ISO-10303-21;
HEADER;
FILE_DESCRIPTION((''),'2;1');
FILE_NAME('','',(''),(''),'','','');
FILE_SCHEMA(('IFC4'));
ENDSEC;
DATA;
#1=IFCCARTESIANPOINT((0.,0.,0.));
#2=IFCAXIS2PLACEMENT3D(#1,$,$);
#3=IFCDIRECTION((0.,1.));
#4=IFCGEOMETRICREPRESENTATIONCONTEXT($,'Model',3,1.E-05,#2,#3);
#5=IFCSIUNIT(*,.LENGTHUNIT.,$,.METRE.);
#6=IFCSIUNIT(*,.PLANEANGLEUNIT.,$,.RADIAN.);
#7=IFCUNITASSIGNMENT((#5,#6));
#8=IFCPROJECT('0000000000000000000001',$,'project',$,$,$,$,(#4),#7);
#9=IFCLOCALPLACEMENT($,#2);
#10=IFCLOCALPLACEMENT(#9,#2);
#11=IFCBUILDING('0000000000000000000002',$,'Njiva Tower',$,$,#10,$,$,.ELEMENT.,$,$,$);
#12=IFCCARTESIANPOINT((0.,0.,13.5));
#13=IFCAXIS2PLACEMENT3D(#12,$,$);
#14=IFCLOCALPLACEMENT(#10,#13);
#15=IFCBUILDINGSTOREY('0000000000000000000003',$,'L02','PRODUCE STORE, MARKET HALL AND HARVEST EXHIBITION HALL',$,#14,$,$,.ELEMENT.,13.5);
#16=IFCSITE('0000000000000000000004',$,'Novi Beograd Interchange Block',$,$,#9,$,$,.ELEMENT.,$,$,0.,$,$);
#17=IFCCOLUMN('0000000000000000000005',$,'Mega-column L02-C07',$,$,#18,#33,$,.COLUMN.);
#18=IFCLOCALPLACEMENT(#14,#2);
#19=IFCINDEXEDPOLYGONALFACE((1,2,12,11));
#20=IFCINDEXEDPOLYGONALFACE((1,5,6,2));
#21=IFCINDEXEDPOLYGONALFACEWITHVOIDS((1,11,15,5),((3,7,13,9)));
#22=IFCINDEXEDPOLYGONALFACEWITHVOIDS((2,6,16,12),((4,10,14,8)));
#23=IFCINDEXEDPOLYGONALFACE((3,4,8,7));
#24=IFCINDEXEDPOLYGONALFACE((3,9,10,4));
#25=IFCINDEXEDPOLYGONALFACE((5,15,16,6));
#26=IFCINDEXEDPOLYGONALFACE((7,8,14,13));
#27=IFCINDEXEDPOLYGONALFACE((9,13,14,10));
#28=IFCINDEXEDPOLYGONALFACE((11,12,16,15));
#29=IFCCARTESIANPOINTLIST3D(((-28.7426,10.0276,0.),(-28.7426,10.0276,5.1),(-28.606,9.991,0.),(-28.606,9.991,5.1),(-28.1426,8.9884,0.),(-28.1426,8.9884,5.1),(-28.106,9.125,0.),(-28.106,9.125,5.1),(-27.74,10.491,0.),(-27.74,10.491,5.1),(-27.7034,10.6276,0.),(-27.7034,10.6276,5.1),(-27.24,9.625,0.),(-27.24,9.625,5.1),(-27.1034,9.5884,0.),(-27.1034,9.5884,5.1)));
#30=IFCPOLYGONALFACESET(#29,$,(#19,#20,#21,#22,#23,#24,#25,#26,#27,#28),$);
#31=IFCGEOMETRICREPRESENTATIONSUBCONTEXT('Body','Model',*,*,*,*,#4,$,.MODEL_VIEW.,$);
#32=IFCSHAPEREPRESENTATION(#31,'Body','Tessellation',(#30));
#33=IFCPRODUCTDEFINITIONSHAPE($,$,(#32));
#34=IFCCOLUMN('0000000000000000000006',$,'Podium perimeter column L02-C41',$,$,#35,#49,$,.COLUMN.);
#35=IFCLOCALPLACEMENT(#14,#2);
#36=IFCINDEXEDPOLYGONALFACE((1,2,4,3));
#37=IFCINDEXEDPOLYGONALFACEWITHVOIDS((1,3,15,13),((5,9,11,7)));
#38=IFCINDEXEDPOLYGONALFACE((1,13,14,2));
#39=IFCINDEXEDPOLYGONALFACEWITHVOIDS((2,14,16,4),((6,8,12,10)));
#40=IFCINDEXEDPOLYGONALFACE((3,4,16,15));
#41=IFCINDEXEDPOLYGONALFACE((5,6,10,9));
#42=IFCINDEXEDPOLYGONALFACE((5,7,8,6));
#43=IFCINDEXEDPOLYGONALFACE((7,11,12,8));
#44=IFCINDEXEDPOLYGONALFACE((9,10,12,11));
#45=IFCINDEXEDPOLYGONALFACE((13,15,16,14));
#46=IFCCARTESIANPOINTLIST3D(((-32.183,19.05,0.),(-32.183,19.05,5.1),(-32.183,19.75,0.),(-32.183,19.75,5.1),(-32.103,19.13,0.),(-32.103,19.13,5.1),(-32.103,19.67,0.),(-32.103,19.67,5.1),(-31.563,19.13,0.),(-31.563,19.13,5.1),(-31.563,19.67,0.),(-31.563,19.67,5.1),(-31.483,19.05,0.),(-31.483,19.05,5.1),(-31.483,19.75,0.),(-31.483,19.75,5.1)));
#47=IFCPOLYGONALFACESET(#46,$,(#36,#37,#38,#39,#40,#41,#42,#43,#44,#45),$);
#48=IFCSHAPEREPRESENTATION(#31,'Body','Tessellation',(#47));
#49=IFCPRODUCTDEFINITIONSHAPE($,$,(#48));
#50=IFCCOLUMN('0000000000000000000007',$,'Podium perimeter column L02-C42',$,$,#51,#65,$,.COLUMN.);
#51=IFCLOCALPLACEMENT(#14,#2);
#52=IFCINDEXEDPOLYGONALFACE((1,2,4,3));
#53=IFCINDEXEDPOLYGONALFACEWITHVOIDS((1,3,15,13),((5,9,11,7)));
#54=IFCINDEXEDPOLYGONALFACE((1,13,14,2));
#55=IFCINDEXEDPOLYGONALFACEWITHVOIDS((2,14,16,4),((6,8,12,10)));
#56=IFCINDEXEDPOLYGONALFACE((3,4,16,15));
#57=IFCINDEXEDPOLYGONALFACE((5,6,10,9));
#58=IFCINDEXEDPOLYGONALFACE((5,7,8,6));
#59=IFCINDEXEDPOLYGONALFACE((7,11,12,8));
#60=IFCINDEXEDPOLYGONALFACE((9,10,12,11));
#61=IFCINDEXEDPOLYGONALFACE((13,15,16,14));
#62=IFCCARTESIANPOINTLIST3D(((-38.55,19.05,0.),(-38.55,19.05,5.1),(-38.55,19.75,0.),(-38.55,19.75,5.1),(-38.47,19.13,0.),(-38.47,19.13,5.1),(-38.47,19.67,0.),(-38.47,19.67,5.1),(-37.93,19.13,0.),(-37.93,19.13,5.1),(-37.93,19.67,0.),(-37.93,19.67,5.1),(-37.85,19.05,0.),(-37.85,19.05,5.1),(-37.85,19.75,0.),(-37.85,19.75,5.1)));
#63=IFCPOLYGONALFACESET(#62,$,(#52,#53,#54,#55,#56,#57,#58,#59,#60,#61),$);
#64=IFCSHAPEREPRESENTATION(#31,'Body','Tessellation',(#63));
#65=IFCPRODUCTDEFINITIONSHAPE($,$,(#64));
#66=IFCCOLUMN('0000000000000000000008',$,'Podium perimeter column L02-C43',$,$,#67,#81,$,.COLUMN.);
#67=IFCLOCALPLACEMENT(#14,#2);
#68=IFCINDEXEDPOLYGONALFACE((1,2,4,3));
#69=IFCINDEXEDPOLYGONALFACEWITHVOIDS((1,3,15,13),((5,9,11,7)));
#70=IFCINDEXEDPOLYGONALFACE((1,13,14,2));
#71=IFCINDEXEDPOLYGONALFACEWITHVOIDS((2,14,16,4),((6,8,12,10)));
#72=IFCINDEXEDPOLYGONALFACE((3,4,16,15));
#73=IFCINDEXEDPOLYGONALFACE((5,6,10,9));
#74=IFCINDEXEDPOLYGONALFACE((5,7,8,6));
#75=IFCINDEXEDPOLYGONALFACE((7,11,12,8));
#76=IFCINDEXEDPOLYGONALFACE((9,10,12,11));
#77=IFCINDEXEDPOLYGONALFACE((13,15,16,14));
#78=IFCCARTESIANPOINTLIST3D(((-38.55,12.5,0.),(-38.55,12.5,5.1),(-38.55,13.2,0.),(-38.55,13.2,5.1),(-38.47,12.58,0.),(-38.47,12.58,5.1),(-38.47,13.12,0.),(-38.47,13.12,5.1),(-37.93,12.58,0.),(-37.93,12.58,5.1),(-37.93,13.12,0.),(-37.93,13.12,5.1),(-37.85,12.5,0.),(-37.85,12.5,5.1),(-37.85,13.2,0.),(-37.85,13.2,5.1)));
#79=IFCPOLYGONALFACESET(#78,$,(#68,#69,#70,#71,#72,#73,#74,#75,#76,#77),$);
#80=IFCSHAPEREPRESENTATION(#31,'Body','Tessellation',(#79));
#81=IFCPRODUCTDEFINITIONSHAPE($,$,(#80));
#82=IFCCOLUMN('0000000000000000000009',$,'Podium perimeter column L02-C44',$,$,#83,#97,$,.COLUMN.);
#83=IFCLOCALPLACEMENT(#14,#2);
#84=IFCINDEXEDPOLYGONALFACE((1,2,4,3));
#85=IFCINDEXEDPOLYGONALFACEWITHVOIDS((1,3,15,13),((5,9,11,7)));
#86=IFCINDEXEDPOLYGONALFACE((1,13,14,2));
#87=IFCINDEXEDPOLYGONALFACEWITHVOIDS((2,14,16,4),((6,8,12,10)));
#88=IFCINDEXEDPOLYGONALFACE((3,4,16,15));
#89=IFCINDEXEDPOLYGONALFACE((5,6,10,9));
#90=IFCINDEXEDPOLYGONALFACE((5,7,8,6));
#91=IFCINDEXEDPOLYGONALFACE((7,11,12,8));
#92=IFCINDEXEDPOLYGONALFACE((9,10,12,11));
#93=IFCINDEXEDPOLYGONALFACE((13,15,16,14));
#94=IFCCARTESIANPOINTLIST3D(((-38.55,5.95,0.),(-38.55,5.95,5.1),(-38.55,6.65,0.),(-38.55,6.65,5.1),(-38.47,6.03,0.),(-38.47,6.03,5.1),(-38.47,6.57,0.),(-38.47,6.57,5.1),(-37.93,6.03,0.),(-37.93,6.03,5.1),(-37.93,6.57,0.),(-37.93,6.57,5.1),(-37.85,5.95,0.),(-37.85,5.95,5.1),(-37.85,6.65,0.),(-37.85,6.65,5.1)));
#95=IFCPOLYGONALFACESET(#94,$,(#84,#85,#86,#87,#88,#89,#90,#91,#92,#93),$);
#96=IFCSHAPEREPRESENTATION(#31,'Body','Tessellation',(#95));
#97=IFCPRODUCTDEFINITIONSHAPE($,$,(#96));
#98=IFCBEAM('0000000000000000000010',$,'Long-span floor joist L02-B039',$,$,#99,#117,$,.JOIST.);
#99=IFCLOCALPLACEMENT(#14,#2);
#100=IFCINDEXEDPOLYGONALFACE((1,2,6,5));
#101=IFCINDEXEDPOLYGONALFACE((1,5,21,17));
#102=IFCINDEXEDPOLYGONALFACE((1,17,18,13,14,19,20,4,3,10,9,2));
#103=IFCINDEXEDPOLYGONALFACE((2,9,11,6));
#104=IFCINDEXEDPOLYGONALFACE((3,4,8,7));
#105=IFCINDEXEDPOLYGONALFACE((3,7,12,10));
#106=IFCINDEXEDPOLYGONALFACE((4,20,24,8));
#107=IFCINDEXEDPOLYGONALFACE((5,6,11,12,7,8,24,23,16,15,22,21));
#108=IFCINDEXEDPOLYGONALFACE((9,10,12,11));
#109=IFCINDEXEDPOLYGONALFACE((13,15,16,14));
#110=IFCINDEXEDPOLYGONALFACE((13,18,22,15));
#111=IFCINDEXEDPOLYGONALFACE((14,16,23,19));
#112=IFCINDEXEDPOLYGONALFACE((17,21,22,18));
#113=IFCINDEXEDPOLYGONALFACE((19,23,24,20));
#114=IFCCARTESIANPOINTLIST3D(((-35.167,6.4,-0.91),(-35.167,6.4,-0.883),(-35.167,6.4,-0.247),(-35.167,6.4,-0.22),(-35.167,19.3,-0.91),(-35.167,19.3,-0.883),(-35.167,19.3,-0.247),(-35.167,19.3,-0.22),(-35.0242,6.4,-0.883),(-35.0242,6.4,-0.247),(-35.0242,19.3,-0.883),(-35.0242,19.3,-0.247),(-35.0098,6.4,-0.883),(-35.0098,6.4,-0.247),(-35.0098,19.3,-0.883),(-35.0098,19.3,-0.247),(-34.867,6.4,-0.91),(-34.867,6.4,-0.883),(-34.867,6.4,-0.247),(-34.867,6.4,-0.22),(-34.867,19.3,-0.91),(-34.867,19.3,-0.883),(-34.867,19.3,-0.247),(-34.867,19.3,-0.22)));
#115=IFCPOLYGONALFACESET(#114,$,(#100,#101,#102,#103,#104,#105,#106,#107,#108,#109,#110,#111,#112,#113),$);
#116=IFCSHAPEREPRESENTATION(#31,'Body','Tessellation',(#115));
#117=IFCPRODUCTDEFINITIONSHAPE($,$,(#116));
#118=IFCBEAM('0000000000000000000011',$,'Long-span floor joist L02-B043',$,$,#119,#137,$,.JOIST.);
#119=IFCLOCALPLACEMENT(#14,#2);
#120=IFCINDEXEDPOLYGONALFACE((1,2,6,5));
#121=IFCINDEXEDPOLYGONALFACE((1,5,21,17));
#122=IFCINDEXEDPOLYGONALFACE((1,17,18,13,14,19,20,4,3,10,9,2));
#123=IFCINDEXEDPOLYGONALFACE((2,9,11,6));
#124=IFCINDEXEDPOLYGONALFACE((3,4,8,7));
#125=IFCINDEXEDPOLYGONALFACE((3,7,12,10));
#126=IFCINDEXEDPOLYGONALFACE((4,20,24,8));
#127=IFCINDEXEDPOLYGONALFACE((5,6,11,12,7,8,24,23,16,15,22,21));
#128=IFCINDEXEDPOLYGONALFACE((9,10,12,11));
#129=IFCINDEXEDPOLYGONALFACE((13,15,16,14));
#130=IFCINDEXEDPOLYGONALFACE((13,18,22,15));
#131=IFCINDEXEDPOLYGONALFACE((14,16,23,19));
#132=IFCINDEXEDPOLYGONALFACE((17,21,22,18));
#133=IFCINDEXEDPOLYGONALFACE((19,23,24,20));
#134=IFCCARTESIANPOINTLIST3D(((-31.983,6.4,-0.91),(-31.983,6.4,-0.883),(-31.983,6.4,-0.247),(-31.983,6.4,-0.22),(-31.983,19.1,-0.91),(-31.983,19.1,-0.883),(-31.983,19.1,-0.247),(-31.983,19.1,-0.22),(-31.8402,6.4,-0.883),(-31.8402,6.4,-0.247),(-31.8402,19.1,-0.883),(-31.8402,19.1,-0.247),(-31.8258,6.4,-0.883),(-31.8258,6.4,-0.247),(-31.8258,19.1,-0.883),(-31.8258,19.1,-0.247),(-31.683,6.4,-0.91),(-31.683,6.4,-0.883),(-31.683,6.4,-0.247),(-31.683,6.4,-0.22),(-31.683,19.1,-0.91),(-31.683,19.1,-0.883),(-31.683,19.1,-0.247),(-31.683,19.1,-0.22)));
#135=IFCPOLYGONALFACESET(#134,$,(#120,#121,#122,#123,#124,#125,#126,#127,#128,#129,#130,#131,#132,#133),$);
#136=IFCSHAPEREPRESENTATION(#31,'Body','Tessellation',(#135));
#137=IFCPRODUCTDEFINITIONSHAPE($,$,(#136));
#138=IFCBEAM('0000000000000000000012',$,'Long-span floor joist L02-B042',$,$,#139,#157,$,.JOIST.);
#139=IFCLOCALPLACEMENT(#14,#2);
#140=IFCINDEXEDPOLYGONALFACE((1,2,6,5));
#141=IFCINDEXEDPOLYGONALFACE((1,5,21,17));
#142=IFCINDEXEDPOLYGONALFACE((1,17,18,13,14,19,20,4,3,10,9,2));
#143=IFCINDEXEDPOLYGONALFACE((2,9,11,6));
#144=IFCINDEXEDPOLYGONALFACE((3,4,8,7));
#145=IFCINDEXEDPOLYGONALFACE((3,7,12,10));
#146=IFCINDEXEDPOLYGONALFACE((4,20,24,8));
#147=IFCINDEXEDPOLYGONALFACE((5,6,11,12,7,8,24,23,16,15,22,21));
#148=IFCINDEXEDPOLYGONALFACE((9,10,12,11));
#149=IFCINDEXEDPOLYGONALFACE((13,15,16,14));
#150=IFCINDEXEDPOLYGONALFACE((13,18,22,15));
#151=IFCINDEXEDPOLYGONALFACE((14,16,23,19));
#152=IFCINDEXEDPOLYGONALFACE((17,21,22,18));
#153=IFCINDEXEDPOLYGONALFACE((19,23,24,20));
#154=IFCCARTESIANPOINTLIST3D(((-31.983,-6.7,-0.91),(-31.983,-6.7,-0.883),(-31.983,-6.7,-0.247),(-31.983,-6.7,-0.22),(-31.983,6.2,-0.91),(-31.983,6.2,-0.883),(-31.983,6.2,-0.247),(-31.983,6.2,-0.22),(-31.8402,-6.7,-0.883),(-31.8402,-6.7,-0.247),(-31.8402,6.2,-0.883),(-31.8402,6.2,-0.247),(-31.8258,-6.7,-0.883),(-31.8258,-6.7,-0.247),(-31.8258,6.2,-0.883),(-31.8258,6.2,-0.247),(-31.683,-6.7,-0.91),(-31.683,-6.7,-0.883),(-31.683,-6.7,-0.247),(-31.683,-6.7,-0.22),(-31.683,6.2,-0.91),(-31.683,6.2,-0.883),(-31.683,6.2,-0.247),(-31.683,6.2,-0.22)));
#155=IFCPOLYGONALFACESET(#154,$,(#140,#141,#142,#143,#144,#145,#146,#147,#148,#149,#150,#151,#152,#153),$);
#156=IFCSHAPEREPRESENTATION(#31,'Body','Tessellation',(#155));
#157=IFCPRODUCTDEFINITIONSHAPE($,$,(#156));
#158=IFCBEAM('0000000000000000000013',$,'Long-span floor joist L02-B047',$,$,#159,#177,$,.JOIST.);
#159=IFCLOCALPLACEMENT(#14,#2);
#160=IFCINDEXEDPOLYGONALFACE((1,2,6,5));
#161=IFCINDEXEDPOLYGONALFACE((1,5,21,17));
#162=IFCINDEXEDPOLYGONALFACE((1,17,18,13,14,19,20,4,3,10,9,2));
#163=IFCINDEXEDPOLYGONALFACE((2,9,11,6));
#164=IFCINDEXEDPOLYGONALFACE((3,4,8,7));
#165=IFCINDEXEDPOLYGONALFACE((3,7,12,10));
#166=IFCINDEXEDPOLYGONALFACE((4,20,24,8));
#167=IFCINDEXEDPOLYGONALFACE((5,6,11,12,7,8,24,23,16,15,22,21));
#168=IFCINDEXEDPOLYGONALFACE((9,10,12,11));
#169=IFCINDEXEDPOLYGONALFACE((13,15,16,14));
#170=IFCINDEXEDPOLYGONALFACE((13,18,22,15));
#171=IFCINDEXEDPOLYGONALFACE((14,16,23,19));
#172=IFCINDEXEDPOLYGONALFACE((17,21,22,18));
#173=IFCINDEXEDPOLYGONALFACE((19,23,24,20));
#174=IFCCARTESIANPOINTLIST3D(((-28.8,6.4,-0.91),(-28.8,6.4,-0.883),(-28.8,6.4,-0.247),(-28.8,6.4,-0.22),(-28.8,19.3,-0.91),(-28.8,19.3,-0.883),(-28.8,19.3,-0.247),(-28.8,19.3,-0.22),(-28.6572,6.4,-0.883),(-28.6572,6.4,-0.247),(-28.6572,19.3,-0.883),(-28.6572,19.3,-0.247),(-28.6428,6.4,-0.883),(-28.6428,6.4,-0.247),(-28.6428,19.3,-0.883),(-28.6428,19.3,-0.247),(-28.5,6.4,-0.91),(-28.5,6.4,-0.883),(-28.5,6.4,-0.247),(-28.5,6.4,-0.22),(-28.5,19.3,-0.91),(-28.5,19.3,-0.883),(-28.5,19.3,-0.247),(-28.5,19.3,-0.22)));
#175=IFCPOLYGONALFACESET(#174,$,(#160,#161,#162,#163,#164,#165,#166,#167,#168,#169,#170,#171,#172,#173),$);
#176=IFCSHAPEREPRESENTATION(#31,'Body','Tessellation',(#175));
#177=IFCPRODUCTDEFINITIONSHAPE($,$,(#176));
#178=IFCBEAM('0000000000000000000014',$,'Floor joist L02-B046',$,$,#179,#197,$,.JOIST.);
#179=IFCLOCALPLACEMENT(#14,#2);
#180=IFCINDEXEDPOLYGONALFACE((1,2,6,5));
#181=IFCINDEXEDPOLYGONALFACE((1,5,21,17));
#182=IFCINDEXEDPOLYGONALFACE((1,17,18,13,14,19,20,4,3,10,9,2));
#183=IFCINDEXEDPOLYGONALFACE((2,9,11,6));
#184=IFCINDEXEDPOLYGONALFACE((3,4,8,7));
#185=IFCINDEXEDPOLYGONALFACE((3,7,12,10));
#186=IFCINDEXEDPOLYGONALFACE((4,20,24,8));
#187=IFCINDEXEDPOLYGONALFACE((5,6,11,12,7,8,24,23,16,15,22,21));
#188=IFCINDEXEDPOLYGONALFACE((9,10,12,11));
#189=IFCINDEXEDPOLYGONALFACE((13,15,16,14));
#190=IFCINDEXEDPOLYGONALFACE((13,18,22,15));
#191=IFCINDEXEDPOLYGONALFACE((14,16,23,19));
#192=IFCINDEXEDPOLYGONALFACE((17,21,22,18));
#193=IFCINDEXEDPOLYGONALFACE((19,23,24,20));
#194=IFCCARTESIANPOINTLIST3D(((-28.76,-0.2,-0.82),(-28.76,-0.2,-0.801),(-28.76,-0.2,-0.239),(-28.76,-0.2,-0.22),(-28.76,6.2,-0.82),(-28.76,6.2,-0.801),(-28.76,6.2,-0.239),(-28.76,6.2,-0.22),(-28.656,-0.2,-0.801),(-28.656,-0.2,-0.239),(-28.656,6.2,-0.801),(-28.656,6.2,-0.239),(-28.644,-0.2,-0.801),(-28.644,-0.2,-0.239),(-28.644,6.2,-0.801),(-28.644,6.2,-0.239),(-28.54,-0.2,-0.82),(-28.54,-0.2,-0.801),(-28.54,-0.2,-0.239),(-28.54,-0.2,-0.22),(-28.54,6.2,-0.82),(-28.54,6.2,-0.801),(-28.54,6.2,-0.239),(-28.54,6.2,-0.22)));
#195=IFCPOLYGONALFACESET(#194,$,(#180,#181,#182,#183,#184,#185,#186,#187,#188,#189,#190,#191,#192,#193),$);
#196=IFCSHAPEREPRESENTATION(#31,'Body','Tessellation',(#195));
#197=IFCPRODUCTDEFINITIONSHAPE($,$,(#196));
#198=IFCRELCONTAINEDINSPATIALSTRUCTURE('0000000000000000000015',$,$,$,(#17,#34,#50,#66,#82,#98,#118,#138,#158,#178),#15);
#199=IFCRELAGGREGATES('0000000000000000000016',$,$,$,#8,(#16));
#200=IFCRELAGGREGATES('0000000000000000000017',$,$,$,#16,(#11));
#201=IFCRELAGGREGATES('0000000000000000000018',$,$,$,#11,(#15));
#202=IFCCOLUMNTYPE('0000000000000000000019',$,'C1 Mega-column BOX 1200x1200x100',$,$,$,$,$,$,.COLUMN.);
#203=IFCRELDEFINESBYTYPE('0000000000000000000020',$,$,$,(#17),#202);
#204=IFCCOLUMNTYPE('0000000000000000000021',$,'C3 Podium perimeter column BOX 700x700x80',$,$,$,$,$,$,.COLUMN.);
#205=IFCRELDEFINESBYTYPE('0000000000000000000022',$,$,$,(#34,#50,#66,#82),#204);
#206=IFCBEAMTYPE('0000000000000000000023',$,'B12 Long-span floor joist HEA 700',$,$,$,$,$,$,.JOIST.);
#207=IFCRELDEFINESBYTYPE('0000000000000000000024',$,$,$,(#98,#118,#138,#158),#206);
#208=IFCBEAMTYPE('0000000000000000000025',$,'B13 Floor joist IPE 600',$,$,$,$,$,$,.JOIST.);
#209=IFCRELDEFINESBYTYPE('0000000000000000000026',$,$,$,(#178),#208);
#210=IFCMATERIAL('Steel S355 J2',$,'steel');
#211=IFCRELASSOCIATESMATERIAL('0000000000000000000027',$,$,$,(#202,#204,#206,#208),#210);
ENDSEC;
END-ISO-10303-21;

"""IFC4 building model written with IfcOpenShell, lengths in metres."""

from ifc_helpers import new_model, si_unit, direction, frame, origin, origin_2d, place, context, subcontext, project, spatial, hollow_rectangle, i_section, extrude, material, material_profile, profile_set, type_object, element, save


model = new_model("IFC4")

# Units and contexts
model_context = context("Model", 3, precision=1e-05, world=origin(), true_north=direction((0.0, 1.0)))
body_context = subcontext(model_context, "Body", "Model", "MODEL_VIEW")
ifc_project = project(units=[si_unit("LENGTHUNIT", "METRE"), si_unit("PLANEANGLEUNIT", "RADIAN")], contexts=[model_context])

# Site, building, storey
site_placement = place(None, origin())
site = spatial("IfcSite", under=ifc_project, at=site_placement, Name="Novi Beograd Interchange Block", CompositionType="ELEMENT", RefElevation=0.0)
building_placement = place(site_placement, origin())
building = spatial("IfcBuilding", under=site, at=building_placement, Name="Njiva Tower", CompositionType="ELEMENT")
storey_placement = place(building_placement, frame((0.0, 0.0, 13.5)))
storey = spatial("IfcBuildingStorey", under=building, at=storey_placement, Name="L02", Description="PRODUCE STORE, MARKET HALL AND HARVEST EXHIBITION HALL", CompositionType="ELEMENT", Elevation=13.5)

# Columns
ifc_material_1 = material(Name="Steel S355 J2", Category="steel")
ifc_material_profile_1 = material_profile(ifc_material_1, hollow_rectangle(XDim=1.2, YDim=1.2, WallThickness=0.1, at=origin_2d()), Name="BOX 1200x1200x100")
ifc_profile_set_1 = profile_set([ifc_material_profile_1], Name="Steel S355 J2")
column_type_1 = type_object("IfcColumnType", Name="C1 Mega-column BOX 1200x1200x100", PredefinedType="COLUMN", material=ifc_profile_set_1)
column_placement = place(storey_placement, frame((-27.923, 9.808, 0.0), z_axis=(0.0, 0.0, 1.0), x_axis=(0.5, -0.866025, 0.0)))
element("IfcColumn", 1, at=column_placement, inside=storey, type_object=column_type_1, Name="Mega-column L02-C07", PredefinedType="COLUMN", context=body_context, shape_type="SweptSolid", body=[
    extrude(hollow_rectangle(XDim=1.2, YDim=1.2, WallThickness=0.1, at=origin_2d()), origin(), (0.0, 0.0, 1.0), 5.1),
])
ifc_material_profile_2 = material_profile(ifc_material_1, hollow_rectangle(XDim=0.7, YDim=0.7, WallThickness=0.08, at=origin_2d()), Name="BOX 700x700x80")
ifc_profile_set_2 = profile_set([ifc_material_profile_2], Name="Steel S355 J2")
column_type_2 = type_object("IfcColumnType", Name="C3 Podium perimeter column BOX 700x700x80", PredefinedType="COLUMN", material=ifc_profile_set_2)
for number, where, z_axis, x_axis, name in (
    (2, (-31.833, 19.4, 0.0), (0.0, 0.0, 1.0), (-1.0, 0.0, 0.0), "Podium perimeter column L02-C41"),
    (3, (-38.2, 19.4, 0.0), (0.0, 0.0, 1.0), (0.0, -1.0, 0.0), "Podium perimeter column L02-C42"),
    (4, (-38.2, 12.85, 0.0), (0.0, 0.0, 1.0), (0.0, -1.0, 0.0), "Podium perimeter column L02-C43"),
    (5, (-38.2, 6.3, 0.0), (0.0, 0.0, 1.0), (0.0, -1.0, 0.0), "Podium perimeter column L02-C44"),
):
    element("IfcColumn", number, at=place(storey_placement, frame(where, z_axis=z_axis, x_axis=x_axis)), inside=storey, type_object=column_type_2, Name=name, PredefinedType="COLUMN", context=body_context, shape_type="SweptSolid", body=[
        extrude(hollow_rectangle(XDim=0.7, YDim=0.7, WallThickness=0.08, at=origin_2d()), origin(), (0.0, 0.0, 1.0), 5.1),
    ])

# Beams
ifc_material_profile_3 = material_profile(ifc_material_1, i_section(OverallWidth=0.3, OverallDepth=0.69, WebThickness=0.0145, FlangeThickness=0.027, at=origin_2d()), Name="HEA 700")
ifc_profile_set_3 = profile_set([ifc_material_profile_3], Name="Steel S355 J2")
beam_type_1 = type_object("IfcBeamType", Name="B12 Long-span floor joist HEA 700", PredefinedType="JOIST", material=ifc_profile_set_3)
beam_1_placement = place(storey_placement, frame((-35.017, 19.3, -0.565), z_axis=(0.0, -1.0, 0.0), x_axis=(1.0, 0.0, 0.0)))
element("IfcBeam", 6, at=beam_1_placement, inside=storey, type_object=beam_type_1, Name="Long-span floor joist L02-B039", PredefinedType="JOIST", context=body_context, shape_type="SweptSolid", body=[
    extrude(i_section(OverallWidth=0.3, OverallDepth=0.69, WebThickness=0.0145, FlangeThickness=0.027, at=origin_2d()), origin(), (0.0, 0.0, 1.0), 12.9),
])
beam_2_placement = place(storey_placement, frame((-31.833, 19.1, -0.565), z_axis=(0.0, -1.0, 0.0), x_axis=(1.0, 0.0, 0.0)))
element("IfcBeam", 7, at=beam_2_placement, inside=storey, type_object=beam_type_1, Name="Long-span floor joist L02-B043", PredefinedType="JOIST", context=body_context, shape_type="SweptSolid", body=[
    extrude(i_section(OverallWidth=0.3, OverallDepth=0.69, WebThickness=0.0145, FlangeThickness=0.027, at=origin_2d()), origin(), (0.0, 0.0, 1.0), 12.7),
])
for number, where, z_axis, x_axis, name in (
    (8, (-31.833, 6.2, -0.565), (0.0, -1.0, 0.0), (1.0, 0.0, 0.0), "Long-span floor joist L02-B042"),
    (9, (-28.65, 19.3, -0.565), (0.0, -1.0, 0.0), (1.0, 0.0, 0.0), "Long-span floor joist L02-B047"),
):
    element("IfcBeam", number, at=place(storey_placement, frame(where, z_axis=z_axis, x_axis=x_axis)), inside=storey, type_object=beam_type_1, Name=name, PredefinedType="JOIST", context=body_context, shape_type="SweptSolid", body=[
        extrude(i_section(OverallWidth=0.3, OverallDepth=0.69, WebThickness=0.0145, FlangeThickness=0.027, at=origin_2d()), origin(), (0.0, 0.0, 1.0), 12.9),
    ])
ifc_material_profile_4 = material_profile(ifc_material_1, i_section(OverallWidth=0.22, OverallDepth=0.6, WebThickness=0.012, FlangeThickness=0.019, at=origin_2d()), Name="IPE 600")
ifc_profile_set_4 = profile_set([ifc_material_profile_4], Name="Steel S355 J2")
beam_type_2 = type_object("IfcBeamType", Name="B13 Floor joist IPE 600", PredefinedType="JOIST", material=ifc_profile_set_4)
beam_3_placement = place(storey_placement, frame((-28.65, 6.2, -0.52), z_axis=(0.0, -1.0, 0.0), x_axis=(1.0, 0.0, 0.0)))
element("IfcBeam", 10, at=beam_3_placement, inside=storey, type_object=beam_type_2, Name="Floor joist L02-B046", PredefinedType="JOIST", context=body_context, shape_type="SweptSolid", body=[
    extrude(i_section(OverallWidth=0.22, OverallDepth=0.6, WebThickness=0.012, FlangeThickness=0.019, at=origin_2d()), origin(), (0.0, 0.0, 1.0), 6.4),
])

save(model, "model.ifc")
